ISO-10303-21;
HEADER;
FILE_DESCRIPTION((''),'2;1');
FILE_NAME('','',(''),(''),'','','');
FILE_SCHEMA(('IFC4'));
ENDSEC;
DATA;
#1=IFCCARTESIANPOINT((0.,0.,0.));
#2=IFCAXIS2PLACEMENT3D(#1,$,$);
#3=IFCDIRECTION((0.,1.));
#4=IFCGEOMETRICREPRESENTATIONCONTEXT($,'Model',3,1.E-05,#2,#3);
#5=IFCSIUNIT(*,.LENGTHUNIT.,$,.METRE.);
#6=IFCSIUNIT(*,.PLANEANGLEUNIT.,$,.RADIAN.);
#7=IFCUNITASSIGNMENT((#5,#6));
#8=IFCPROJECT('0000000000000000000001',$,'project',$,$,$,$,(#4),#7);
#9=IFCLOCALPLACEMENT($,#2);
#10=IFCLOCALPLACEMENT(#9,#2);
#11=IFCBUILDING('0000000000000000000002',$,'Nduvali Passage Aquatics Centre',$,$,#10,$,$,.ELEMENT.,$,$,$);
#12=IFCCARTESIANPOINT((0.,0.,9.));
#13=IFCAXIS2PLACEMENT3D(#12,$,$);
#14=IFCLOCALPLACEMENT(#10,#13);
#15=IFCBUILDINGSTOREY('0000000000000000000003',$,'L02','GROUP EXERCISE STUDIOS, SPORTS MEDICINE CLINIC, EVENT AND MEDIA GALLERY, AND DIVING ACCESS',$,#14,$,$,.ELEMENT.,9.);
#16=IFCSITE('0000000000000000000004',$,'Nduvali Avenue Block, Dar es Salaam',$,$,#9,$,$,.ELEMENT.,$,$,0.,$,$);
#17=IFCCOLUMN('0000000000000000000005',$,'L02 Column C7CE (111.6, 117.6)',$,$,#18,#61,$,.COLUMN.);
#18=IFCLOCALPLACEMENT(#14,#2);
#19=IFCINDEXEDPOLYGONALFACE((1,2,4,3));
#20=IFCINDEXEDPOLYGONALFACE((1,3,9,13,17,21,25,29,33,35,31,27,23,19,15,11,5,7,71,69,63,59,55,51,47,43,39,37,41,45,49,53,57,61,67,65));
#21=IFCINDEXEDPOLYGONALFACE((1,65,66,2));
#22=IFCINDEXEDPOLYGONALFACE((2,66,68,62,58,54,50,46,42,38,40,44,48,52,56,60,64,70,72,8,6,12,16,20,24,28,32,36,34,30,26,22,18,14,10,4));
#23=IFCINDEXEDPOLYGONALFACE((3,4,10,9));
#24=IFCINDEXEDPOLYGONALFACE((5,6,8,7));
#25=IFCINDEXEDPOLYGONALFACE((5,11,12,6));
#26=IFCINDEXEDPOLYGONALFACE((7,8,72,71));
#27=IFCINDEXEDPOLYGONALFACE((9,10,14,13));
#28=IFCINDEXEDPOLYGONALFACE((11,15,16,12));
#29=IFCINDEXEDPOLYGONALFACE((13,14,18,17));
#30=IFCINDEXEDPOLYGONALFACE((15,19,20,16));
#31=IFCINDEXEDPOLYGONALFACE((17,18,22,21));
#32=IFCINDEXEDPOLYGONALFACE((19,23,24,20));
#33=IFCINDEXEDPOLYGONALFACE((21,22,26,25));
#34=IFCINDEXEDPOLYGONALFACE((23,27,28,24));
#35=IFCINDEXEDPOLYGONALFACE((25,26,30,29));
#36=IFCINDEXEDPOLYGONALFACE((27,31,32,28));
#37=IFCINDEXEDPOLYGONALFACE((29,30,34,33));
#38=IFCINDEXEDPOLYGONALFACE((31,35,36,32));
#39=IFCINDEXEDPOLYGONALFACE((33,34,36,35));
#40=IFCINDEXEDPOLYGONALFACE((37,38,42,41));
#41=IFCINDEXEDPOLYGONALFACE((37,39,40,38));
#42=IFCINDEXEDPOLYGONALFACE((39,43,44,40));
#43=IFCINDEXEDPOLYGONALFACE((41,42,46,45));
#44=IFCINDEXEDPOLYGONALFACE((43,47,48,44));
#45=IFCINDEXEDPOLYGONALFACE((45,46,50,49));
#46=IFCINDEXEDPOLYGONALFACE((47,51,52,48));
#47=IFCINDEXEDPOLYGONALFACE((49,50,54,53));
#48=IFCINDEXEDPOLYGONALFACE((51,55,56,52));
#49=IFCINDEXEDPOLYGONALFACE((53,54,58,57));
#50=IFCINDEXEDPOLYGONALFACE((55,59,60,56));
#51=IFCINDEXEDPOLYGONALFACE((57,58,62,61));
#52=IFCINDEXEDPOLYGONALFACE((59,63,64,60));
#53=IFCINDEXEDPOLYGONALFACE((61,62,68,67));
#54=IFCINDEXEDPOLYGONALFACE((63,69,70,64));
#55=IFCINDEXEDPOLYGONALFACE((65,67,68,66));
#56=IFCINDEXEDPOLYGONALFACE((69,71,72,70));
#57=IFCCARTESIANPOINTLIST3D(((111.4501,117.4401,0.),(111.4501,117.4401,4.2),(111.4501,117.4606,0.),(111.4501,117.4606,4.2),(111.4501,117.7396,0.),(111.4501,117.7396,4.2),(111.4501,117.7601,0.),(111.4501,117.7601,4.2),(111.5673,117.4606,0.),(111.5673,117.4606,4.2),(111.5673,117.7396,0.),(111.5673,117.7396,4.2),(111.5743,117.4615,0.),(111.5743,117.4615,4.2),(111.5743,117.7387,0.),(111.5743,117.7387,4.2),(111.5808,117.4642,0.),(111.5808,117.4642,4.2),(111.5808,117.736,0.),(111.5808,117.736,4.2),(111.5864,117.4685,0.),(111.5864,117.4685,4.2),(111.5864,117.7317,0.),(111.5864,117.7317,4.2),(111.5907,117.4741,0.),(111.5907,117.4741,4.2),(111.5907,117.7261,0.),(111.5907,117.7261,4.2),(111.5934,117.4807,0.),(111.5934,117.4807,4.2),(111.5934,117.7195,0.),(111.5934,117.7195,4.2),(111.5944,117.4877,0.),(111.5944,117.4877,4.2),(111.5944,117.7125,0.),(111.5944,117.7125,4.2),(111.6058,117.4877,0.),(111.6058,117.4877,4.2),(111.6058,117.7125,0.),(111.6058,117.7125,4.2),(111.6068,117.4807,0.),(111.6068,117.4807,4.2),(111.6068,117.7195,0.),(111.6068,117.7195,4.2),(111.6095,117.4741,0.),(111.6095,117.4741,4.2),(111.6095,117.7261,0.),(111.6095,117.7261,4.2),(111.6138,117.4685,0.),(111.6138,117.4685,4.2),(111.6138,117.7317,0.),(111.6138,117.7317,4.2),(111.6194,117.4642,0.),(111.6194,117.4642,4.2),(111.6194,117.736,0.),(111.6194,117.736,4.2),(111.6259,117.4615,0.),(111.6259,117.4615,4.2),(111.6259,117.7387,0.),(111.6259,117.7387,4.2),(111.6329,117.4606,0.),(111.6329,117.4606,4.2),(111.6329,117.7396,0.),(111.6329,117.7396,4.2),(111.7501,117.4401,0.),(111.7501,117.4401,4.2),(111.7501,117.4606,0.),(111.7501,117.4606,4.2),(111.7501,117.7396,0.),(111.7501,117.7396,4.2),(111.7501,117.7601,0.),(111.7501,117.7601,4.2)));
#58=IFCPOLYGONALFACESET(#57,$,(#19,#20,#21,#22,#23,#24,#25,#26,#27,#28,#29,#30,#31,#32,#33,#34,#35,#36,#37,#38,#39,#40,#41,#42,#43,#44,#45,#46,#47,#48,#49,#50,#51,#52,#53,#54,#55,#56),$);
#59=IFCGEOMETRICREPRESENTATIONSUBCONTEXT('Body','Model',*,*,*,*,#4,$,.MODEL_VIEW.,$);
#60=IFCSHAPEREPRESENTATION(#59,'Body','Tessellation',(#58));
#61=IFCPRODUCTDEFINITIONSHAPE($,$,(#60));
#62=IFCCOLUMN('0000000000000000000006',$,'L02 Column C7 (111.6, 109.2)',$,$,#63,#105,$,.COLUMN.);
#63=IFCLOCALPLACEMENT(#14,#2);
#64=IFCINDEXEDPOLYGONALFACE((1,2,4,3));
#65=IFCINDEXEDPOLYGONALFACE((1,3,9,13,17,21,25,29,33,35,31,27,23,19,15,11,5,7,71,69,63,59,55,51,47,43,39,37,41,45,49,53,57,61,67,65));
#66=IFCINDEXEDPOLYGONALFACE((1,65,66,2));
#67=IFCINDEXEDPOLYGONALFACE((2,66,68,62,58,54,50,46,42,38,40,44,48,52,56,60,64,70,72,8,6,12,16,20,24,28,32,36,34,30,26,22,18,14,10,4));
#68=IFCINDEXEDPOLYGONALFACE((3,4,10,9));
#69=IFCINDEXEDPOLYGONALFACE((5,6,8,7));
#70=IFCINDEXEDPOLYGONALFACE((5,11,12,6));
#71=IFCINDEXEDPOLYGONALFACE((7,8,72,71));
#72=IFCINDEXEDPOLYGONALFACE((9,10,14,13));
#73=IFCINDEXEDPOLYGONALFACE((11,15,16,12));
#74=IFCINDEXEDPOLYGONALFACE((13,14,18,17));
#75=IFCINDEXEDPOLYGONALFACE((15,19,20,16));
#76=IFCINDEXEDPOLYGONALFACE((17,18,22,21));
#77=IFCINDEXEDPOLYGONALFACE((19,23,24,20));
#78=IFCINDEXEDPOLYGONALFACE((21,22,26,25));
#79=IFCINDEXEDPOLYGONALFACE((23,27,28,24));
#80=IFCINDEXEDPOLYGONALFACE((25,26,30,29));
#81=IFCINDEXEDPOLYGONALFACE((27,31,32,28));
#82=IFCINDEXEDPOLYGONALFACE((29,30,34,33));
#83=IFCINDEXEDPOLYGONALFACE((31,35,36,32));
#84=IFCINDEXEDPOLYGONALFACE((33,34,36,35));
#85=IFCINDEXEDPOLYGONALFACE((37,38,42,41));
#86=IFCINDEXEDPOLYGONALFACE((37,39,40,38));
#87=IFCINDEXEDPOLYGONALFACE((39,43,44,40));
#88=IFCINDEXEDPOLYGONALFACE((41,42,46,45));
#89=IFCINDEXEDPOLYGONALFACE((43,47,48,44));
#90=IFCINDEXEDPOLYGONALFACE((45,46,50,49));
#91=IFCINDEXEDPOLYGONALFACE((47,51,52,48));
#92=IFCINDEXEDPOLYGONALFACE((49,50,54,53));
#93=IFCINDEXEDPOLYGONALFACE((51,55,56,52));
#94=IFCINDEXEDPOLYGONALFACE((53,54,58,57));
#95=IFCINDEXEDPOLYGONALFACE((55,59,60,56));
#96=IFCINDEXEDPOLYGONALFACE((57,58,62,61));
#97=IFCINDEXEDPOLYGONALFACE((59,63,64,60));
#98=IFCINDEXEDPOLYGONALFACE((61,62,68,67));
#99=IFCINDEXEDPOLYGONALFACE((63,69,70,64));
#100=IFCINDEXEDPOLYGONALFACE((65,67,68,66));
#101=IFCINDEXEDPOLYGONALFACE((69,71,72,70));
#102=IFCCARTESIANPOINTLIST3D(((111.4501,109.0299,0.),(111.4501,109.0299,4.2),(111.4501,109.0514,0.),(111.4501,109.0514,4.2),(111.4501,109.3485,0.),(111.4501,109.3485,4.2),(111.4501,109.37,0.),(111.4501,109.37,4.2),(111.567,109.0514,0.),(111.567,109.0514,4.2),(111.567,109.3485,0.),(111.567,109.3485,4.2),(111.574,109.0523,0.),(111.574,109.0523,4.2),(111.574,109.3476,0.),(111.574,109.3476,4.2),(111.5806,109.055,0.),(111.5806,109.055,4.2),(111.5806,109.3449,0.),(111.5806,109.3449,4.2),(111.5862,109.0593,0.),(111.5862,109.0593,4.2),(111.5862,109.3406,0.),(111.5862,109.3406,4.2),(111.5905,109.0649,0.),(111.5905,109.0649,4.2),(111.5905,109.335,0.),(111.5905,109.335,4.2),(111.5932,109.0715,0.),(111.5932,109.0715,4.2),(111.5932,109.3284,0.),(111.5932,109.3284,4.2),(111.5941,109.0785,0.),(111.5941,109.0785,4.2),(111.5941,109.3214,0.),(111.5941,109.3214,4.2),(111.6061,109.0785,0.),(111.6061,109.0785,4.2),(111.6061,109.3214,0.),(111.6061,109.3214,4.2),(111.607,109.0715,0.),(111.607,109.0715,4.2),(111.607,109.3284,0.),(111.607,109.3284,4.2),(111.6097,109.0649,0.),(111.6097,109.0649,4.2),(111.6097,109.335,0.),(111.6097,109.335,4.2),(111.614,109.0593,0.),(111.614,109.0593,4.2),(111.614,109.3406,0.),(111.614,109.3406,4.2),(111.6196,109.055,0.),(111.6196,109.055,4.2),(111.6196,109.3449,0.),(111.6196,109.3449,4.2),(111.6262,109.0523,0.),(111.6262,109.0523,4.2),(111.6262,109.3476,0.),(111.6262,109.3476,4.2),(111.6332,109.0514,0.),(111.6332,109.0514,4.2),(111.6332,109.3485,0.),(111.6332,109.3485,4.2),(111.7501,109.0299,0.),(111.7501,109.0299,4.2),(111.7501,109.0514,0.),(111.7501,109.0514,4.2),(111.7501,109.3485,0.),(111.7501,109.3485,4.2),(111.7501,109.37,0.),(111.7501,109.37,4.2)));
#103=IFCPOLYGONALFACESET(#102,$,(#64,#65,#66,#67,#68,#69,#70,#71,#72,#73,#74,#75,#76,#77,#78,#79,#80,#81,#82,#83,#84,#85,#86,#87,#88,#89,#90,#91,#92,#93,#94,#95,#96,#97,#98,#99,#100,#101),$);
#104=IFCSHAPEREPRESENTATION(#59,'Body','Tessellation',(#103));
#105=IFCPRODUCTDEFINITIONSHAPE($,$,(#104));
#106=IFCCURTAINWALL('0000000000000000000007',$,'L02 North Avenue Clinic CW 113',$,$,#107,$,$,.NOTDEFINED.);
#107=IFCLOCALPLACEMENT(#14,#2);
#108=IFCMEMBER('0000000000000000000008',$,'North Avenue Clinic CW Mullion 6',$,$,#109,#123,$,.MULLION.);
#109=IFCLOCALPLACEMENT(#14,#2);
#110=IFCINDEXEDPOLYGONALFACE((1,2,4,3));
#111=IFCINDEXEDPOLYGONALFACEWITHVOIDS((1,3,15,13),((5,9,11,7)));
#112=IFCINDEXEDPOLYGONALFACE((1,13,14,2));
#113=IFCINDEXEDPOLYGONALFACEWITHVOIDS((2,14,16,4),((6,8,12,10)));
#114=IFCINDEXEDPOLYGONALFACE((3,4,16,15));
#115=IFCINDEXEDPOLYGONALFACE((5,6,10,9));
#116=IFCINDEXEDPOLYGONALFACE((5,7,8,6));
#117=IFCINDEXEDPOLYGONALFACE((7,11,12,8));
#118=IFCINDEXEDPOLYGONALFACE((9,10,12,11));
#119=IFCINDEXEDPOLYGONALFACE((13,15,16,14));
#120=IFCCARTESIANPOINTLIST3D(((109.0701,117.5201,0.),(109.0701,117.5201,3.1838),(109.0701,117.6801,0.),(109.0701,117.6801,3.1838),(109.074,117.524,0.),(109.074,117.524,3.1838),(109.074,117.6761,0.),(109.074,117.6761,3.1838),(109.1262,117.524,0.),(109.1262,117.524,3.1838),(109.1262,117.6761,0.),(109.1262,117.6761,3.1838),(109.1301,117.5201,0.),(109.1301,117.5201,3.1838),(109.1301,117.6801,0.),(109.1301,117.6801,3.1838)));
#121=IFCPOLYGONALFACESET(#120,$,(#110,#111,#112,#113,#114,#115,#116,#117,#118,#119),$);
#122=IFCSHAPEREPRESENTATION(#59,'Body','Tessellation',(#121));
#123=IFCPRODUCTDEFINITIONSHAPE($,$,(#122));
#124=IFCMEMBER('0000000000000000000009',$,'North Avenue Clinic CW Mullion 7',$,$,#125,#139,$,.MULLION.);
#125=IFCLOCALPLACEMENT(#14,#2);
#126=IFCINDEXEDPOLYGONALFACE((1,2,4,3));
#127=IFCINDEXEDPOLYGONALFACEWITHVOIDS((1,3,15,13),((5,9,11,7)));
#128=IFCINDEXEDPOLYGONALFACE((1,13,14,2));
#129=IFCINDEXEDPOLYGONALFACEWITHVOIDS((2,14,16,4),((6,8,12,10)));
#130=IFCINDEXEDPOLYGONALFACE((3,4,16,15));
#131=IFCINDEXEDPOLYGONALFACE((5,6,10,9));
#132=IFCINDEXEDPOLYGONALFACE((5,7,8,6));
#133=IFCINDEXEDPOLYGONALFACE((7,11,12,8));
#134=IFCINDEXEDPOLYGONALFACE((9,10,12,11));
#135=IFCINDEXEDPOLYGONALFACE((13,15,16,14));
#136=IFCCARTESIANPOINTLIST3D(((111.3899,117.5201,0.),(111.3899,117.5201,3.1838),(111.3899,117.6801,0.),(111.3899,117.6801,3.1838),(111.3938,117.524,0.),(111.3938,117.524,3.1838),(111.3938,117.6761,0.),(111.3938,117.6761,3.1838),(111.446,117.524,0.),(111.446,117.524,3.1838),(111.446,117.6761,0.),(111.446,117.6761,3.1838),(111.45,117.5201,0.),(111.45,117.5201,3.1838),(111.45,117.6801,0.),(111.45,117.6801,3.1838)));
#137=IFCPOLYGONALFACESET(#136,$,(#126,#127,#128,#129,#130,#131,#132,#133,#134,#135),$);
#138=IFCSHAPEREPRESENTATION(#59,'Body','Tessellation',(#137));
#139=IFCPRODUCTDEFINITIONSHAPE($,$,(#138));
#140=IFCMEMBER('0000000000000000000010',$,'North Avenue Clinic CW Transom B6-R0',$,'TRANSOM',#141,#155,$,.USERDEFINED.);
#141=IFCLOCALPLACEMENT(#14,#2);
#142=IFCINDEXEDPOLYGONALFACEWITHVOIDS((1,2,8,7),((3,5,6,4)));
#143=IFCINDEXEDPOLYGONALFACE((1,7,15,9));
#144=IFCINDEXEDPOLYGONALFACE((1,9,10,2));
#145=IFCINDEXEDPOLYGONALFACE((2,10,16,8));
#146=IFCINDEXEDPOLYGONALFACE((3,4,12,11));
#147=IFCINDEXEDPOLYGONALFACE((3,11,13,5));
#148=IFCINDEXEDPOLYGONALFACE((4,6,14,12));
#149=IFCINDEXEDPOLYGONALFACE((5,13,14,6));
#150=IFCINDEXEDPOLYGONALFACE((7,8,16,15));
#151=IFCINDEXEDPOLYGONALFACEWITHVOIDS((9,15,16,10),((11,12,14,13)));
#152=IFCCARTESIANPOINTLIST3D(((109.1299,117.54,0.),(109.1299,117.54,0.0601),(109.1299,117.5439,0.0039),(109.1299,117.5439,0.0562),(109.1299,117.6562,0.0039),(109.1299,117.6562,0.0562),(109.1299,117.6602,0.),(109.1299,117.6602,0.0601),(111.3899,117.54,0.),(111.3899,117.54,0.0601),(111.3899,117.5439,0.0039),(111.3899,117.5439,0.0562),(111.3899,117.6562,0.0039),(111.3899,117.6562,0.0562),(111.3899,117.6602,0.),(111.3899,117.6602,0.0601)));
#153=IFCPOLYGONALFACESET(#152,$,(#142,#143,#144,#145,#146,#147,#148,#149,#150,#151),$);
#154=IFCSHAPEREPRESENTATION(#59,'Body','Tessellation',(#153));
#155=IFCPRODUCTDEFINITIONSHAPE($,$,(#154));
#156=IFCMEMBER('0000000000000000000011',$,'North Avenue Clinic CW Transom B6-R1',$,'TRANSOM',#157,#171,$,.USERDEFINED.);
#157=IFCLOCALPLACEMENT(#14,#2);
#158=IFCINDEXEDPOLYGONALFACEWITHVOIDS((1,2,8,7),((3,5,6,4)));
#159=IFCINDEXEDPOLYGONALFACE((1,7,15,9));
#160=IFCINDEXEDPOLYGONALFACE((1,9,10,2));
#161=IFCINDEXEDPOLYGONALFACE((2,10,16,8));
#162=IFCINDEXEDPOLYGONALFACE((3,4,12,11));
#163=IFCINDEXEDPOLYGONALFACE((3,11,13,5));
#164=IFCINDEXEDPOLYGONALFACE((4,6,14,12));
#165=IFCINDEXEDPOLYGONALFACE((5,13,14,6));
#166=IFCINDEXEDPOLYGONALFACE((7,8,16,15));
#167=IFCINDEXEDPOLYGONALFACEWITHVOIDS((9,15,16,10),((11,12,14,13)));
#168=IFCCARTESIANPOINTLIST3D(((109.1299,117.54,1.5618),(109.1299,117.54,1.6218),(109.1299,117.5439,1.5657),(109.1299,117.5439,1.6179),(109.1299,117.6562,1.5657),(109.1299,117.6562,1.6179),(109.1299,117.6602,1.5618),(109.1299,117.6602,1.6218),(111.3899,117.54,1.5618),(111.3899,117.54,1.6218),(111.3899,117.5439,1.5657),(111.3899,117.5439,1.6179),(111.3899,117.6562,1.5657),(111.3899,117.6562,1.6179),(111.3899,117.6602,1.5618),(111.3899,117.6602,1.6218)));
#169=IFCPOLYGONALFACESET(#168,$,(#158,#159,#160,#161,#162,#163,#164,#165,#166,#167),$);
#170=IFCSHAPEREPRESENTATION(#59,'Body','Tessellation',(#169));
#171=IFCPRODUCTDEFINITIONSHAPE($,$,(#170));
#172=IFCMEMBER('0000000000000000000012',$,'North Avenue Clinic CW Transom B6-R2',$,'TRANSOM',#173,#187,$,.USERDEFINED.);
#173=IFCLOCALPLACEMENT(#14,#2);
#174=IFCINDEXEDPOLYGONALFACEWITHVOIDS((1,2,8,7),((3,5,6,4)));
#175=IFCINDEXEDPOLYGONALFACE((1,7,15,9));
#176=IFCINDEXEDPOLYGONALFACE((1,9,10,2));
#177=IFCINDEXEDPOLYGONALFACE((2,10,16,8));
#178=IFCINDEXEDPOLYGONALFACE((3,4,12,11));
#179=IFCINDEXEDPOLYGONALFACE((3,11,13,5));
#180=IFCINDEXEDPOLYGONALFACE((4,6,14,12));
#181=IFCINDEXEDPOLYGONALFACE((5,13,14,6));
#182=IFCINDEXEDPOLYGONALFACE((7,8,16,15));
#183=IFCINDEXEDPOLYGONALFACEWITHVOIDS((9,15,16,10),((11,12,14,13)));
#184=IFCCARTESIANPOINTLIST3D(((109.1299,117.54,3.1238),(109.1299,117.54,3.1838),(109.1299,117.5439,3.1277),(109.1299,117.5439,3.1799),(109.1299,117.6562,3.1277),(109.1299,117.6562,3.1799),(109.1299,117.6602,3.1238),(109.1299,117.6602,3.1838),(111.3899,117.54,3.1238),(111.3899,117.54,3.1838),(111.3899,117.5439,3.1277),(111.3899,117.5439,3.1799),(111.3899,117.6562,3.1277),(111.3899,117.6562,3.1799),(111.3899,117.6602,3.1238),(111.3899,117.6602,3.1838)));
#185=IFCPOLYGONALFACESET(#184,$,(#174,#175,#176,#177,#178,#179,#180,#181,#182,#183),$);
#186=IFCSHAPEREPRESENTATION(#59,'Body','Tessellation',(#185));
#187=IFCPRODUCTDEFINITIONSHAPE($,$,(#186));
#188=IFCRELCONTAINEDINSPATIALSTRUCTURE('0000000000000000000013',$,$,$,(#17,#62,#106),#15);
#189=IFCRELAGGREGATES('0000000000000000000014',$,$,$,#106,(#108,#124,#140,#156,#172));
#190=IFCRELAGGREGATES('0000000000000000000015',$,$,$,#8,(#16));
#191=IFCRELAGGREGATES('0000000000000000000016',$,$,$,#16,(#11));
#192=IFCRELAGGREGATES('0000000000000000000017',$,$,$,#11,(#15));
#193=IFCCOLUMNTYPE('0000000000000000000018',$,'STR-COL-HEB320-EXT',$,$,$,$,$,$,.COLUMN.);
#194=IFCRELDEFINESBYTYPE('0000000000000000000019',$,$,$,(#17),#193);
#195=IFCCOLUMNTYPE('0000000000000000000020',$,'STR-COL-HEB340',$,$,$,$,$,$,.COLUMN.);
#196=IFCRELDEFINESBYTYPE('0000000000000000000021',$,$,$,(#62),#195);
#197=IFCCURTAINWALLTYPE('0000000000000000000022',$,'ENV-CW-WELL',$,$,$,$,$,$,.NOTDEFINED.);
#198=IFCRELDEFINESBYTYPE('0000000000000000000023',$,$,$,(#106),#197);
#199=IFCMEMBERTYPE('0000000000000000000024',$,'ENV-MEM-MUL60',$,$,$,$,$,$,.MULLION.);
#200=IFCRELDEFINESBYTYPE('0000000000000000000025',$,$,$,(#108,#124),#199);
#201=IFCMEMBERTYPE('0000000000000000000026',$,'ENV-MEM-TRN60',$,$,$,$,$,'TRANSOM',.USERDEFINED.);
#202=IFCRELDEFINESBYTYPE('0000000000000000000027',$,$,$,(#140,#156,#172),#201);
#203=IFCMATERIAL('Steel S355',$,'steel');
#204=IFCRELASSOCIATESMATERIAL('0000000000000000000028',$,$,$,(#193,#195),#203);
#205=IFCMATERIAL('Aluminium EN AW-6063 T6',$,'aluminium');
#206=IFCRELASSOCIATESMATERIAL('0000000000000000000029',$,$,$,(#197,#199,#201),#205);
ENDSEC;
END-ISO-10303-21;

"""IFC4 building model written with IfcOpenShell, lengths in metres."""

from ifc_helpers import new_model, si_unit, direction, frame, origin, origin_2d, place, context, subcontext, project, spatial, hollow_rectangle, i_section, extrude, material, material_profile, profile_set, type_object, element, aggregate, save


model = new_model("IFC4")

# Units and contexts
model_context = context("Model", 3, precision=1e-05, world=origin(), true_north=direction((0.0, 1.0)))
body_context = subcontext(model_context, "Body", "Model", "MODEL_VIEW")
ifc_project = project(units=[si_unit("LENGTHUNIT", "METRE"), si_unit("PLANEANGLEUNIT", "RADIAN")], contexts=[model_context])

# Site, building, storey
site_placement = place(None, origin())
site = spatial("IfcSite", under=ifc_project, at=site_placement, Name="Nduvali Avenue Block, Dar es Salaam", CompositionType="ELEMENT", RefElevation=0.0)
building_placement = place(site_placement, origin())
building = spatial("IfcBuilding", under=site, at=building_placement, Name="Nduvali Passage Aquatics Centre", CompositionType="ELEMENT")
storey_placement = place(building_placement, frame((0.0, 0.0, 9.0)))
storey = spatial("IfcBuildingStorey", under=building, at=storey_placement, Name="L02", Description="GROUP EXERCISE STUDIOS, SPORTS MEDICINE CLINIC, EVENT AND MEDIA GALLERY, AND DIVING ACCESS", CompositionType="ELEMENT", Elevation=9.0)

# Columns
ifc_material_1 = material(Name="Steel S355", Category="steel")
ifc_material_profile_1 = material_profile(ifc_material_1, i_section(OverallWidth=0.3, OverallDepth=0.3201, WebThickness=0.0115, FlangeThickness=0.0205, FilletRadius=0.0271, at=origin_2d()), Name="HEB 320")
ifc_profile_set_1 = profile_set([ifc_material_profile_1], Name="Steel S355")
column_type_1 = type_object("IfcColumnType", Name="STR-COL-HEB320-EXT", PredefinedType="COLUMN", material=ifc_profile_set_1)
column_1_placement = place(storey_placement, frame((111.6001, 117.6001, 0.0), z_axis=(0.0, 0.0, 1.0), x_axis=(1.0, 0.0, 0.0)))
element("IfcColumn", 1, at=column_1_placement, inside=storey, type_object=column_type_1, Name="L02 Column C7CE (111.6, 117.6)", PredefinedType="COLUMN", context=body_context, shape_type="SweptSolid", body=[
    extrude(i_section(OverallWidth=0.3, OverallDepth=0.3201, WebThickness=0.0115, FlangeThickness=0.0205, FilletRadius=0.0271, at=origin_2d()), origin(), (0.0, 0.0, 1.0), 4.2),
])
ifc_material_profile_2 = material_profile(ifc_material_1, i_section(OverallWidth=0.3, OverallDepth=0.3401, WebThickness=0.012, FlangeThickness=0.0215, FilletRadius=0.0271, at=origin_2d()), Name="HEB 340")
ifc_profile_set_2 = profile_set([ifc_material_profile_2], Name="Steel S355")
column_type_2 = type_object("IfcColumnType", Name="STR-COL-HEB340", PredefinedType="COLUMN", material=ifc_profile_set_2)
column_2_placement = place(storey_placement, frame((111.6001, 109.2, 0.0), z_axis=(0.0, 0.0, 1.0), x_axis=(1.0, 0.0, 0.0)))
element("IfcColumn", 2, at=column_2_placement, inside=storey, type_object=column_type_2, Name="L02 Column C7 (111.6, 109.2)", PredefinedType="COLUMN", context=body_context, shape_type="SweptSolid", body=[
    extrude(i_section(OverallWidth=0.3, OverallDepth=0.3401, WebThickness=0.012, FlangeThickness=0.0215, FilletRadius=0.0271, at=origin_2d()), origin(), (0.0, 0.0, 1.0), 4.2),
])

# Curtain wall, members
ifc_material_2 = material(Name="Aluminium EN AW-6063 T6", Category="aluminium")
curtain_wall_type = type_object("IfcCurtainWallType", Name="ENV-CW-WELL", PredefinedType="NOTDEFINED", material=ifc_material_2)
curtain_wall_placement = place(storey_placement, origin())
curtain_wall = element("IfcCurtainWall", 3, at=curtain_wall_placement, inside=storey, type_object=curtain_wall_type, Name="L02 North Avenue Clinic CW 113", PredefinedType="NOTDEFINED")
ifc_material_profile_3 = material_profile(ifc_material_2, hollow_rectangle(XDim=0.0601, YDim=0.1599, WallThickness=0.0039, at=origin_2d()), Name="ALU MULLION 60x160x4")
ifc_profile_set_3 = profile_set([ifc_material_profile_3], Name="Aluminium EN AW-6063 T6")
member_type_1 = type_object("IfcMemberType", Name="ENV-MEM-MUL60", PredefinedType="MULLION", material=ifc_profile_set_3)
member_1_placement = place(storey_placement, frame((109.1001, 117.6001, 0.0), z_axis=(0.0, 0.0, 1.0), x_axis=(1.0, 0.0, 0.0)))
member_1 = element("IfcMember", 4, at=member_1_placement, type_object=member_type_1, Name="North Avenue Clinic CW Mullion 6", PredefinedType="MULLION", context=body_context, shape_type="SweptSolid", body=[
    extrude(hollow_rectangle(XDim=0.0601, YDim=0.1599, WallThickness=0.0039, at=origin_2d()), origin(), (0.0, 0.0, 1.0), 3.1838),
])
member_2_placement = place(storey_placement, frame((111.4199, 117.6001, 0.0), z_axis=(0.0, 0.0, 1.0), x_axis=(1.0, 0.0, 0.0)))
member_2 = element("IfcMember", 5, at=member_2_placement, type_object=member_type_1, Name="North Avenue Clinic CW Mullion 7", PredefinedType="MULLION", context=body_context, shape_type="SweptSolid", body=[
    extrude(hollow_rectangle(XDim=0.0601, YDim=0.1599, WallThickness=0.0039, at=origin_2d()), origin(), (0.0, 0.0, 1.0), 3.1838),
])
ifc_material_profile_4 = material_profile(ifc_material_2, hollow_rectangle(XDim=0.1201, YDim=0.0601, WallThickness=0.0039, at=origin_2d()), Name="ALU TRANSOM 120x60x4")
ifc_profile_set_4 = profile_set([ifc_material_profile_4], Name="Aluminium EN AW-6063 T6")
member_type_2 = type_object("IfcMemberType", Name="ENV-MEM-TRN60", ElementType="TRANSOM", PredefinedType="USERDEFINED", material=ifc_profile_set_4)
member_3_placement = place(storey_placement, frame((109.1299, 117.6001, 0.03), z_axis=(1.0, 0.0, 0.0), x_axis=(0.0, 1.0, 0.0)))
member_3 = element("IfcMember", 6, at=member_3_placement, type_object=member_type_2, Name="North Avenue Clinic CW Transom B6-R0", ObjectType="TRANSOM", PredefinedType="USERDEFINED", context=body_context, shape_type="SweptSolid", body=[
    extrude(hollow_rectangle(XDim=0.1201, YDim=0.0601, WallThickness=0.0039, at=origin_2d()), origin(), (0.0, 0.0, 1.0), 2.26),
])
member_4_placement = place(storey_placement, frame((109.1299, 117.6001, 1.5918), z_axis=(1.0, 0.0, 0.0), x_axis=(0.0, 1.0, 0.0)))
member_4 = element("IfcMember", 7, at=member_4_placement, type_object=member_type_2, Name="North Avenue Clinic CW Transom B6-R1", ObjectType="TRANSOM", PredefinedType="USERDEFINED", context=body_context, shape_type="SweptSolid", body=[
    extrude(hollow_rectangle(XDim=0.1201, YDim=0.0601, WallThickness=0.0039, at=origin_2d()), origin(), (0.0, 0.0, 1.0), 2.26),
])
member_5_placement = place(storey_placement, frame((109.1299, 117.6001, 3.1538), z_axis=(1.0, 0.0, 0.0), x_axis=(0.0, 1.0, 0.0)))
member_5 = element("IfcMember", 8, at=member_5_placement, type_object=member_type_2, Name="North Avenue Clinic CW Transom B6-R2", ObjectType="TRANSOM", PredefinedType="USERDEFINED", context=body_context, shape_type="SweptSolid", body=[
    extrude(hollow_rectangle(XDim=0.1201, YDim=0.0601, WallThickness=0.0039, at=origin_2d()), origin(), (0.0, 0.0, 1.0), 2.26),
])

aggregate(curtain_wall, [member_1, member_2, member_3, member_4, member_5])

save(model, "model.ifc")
